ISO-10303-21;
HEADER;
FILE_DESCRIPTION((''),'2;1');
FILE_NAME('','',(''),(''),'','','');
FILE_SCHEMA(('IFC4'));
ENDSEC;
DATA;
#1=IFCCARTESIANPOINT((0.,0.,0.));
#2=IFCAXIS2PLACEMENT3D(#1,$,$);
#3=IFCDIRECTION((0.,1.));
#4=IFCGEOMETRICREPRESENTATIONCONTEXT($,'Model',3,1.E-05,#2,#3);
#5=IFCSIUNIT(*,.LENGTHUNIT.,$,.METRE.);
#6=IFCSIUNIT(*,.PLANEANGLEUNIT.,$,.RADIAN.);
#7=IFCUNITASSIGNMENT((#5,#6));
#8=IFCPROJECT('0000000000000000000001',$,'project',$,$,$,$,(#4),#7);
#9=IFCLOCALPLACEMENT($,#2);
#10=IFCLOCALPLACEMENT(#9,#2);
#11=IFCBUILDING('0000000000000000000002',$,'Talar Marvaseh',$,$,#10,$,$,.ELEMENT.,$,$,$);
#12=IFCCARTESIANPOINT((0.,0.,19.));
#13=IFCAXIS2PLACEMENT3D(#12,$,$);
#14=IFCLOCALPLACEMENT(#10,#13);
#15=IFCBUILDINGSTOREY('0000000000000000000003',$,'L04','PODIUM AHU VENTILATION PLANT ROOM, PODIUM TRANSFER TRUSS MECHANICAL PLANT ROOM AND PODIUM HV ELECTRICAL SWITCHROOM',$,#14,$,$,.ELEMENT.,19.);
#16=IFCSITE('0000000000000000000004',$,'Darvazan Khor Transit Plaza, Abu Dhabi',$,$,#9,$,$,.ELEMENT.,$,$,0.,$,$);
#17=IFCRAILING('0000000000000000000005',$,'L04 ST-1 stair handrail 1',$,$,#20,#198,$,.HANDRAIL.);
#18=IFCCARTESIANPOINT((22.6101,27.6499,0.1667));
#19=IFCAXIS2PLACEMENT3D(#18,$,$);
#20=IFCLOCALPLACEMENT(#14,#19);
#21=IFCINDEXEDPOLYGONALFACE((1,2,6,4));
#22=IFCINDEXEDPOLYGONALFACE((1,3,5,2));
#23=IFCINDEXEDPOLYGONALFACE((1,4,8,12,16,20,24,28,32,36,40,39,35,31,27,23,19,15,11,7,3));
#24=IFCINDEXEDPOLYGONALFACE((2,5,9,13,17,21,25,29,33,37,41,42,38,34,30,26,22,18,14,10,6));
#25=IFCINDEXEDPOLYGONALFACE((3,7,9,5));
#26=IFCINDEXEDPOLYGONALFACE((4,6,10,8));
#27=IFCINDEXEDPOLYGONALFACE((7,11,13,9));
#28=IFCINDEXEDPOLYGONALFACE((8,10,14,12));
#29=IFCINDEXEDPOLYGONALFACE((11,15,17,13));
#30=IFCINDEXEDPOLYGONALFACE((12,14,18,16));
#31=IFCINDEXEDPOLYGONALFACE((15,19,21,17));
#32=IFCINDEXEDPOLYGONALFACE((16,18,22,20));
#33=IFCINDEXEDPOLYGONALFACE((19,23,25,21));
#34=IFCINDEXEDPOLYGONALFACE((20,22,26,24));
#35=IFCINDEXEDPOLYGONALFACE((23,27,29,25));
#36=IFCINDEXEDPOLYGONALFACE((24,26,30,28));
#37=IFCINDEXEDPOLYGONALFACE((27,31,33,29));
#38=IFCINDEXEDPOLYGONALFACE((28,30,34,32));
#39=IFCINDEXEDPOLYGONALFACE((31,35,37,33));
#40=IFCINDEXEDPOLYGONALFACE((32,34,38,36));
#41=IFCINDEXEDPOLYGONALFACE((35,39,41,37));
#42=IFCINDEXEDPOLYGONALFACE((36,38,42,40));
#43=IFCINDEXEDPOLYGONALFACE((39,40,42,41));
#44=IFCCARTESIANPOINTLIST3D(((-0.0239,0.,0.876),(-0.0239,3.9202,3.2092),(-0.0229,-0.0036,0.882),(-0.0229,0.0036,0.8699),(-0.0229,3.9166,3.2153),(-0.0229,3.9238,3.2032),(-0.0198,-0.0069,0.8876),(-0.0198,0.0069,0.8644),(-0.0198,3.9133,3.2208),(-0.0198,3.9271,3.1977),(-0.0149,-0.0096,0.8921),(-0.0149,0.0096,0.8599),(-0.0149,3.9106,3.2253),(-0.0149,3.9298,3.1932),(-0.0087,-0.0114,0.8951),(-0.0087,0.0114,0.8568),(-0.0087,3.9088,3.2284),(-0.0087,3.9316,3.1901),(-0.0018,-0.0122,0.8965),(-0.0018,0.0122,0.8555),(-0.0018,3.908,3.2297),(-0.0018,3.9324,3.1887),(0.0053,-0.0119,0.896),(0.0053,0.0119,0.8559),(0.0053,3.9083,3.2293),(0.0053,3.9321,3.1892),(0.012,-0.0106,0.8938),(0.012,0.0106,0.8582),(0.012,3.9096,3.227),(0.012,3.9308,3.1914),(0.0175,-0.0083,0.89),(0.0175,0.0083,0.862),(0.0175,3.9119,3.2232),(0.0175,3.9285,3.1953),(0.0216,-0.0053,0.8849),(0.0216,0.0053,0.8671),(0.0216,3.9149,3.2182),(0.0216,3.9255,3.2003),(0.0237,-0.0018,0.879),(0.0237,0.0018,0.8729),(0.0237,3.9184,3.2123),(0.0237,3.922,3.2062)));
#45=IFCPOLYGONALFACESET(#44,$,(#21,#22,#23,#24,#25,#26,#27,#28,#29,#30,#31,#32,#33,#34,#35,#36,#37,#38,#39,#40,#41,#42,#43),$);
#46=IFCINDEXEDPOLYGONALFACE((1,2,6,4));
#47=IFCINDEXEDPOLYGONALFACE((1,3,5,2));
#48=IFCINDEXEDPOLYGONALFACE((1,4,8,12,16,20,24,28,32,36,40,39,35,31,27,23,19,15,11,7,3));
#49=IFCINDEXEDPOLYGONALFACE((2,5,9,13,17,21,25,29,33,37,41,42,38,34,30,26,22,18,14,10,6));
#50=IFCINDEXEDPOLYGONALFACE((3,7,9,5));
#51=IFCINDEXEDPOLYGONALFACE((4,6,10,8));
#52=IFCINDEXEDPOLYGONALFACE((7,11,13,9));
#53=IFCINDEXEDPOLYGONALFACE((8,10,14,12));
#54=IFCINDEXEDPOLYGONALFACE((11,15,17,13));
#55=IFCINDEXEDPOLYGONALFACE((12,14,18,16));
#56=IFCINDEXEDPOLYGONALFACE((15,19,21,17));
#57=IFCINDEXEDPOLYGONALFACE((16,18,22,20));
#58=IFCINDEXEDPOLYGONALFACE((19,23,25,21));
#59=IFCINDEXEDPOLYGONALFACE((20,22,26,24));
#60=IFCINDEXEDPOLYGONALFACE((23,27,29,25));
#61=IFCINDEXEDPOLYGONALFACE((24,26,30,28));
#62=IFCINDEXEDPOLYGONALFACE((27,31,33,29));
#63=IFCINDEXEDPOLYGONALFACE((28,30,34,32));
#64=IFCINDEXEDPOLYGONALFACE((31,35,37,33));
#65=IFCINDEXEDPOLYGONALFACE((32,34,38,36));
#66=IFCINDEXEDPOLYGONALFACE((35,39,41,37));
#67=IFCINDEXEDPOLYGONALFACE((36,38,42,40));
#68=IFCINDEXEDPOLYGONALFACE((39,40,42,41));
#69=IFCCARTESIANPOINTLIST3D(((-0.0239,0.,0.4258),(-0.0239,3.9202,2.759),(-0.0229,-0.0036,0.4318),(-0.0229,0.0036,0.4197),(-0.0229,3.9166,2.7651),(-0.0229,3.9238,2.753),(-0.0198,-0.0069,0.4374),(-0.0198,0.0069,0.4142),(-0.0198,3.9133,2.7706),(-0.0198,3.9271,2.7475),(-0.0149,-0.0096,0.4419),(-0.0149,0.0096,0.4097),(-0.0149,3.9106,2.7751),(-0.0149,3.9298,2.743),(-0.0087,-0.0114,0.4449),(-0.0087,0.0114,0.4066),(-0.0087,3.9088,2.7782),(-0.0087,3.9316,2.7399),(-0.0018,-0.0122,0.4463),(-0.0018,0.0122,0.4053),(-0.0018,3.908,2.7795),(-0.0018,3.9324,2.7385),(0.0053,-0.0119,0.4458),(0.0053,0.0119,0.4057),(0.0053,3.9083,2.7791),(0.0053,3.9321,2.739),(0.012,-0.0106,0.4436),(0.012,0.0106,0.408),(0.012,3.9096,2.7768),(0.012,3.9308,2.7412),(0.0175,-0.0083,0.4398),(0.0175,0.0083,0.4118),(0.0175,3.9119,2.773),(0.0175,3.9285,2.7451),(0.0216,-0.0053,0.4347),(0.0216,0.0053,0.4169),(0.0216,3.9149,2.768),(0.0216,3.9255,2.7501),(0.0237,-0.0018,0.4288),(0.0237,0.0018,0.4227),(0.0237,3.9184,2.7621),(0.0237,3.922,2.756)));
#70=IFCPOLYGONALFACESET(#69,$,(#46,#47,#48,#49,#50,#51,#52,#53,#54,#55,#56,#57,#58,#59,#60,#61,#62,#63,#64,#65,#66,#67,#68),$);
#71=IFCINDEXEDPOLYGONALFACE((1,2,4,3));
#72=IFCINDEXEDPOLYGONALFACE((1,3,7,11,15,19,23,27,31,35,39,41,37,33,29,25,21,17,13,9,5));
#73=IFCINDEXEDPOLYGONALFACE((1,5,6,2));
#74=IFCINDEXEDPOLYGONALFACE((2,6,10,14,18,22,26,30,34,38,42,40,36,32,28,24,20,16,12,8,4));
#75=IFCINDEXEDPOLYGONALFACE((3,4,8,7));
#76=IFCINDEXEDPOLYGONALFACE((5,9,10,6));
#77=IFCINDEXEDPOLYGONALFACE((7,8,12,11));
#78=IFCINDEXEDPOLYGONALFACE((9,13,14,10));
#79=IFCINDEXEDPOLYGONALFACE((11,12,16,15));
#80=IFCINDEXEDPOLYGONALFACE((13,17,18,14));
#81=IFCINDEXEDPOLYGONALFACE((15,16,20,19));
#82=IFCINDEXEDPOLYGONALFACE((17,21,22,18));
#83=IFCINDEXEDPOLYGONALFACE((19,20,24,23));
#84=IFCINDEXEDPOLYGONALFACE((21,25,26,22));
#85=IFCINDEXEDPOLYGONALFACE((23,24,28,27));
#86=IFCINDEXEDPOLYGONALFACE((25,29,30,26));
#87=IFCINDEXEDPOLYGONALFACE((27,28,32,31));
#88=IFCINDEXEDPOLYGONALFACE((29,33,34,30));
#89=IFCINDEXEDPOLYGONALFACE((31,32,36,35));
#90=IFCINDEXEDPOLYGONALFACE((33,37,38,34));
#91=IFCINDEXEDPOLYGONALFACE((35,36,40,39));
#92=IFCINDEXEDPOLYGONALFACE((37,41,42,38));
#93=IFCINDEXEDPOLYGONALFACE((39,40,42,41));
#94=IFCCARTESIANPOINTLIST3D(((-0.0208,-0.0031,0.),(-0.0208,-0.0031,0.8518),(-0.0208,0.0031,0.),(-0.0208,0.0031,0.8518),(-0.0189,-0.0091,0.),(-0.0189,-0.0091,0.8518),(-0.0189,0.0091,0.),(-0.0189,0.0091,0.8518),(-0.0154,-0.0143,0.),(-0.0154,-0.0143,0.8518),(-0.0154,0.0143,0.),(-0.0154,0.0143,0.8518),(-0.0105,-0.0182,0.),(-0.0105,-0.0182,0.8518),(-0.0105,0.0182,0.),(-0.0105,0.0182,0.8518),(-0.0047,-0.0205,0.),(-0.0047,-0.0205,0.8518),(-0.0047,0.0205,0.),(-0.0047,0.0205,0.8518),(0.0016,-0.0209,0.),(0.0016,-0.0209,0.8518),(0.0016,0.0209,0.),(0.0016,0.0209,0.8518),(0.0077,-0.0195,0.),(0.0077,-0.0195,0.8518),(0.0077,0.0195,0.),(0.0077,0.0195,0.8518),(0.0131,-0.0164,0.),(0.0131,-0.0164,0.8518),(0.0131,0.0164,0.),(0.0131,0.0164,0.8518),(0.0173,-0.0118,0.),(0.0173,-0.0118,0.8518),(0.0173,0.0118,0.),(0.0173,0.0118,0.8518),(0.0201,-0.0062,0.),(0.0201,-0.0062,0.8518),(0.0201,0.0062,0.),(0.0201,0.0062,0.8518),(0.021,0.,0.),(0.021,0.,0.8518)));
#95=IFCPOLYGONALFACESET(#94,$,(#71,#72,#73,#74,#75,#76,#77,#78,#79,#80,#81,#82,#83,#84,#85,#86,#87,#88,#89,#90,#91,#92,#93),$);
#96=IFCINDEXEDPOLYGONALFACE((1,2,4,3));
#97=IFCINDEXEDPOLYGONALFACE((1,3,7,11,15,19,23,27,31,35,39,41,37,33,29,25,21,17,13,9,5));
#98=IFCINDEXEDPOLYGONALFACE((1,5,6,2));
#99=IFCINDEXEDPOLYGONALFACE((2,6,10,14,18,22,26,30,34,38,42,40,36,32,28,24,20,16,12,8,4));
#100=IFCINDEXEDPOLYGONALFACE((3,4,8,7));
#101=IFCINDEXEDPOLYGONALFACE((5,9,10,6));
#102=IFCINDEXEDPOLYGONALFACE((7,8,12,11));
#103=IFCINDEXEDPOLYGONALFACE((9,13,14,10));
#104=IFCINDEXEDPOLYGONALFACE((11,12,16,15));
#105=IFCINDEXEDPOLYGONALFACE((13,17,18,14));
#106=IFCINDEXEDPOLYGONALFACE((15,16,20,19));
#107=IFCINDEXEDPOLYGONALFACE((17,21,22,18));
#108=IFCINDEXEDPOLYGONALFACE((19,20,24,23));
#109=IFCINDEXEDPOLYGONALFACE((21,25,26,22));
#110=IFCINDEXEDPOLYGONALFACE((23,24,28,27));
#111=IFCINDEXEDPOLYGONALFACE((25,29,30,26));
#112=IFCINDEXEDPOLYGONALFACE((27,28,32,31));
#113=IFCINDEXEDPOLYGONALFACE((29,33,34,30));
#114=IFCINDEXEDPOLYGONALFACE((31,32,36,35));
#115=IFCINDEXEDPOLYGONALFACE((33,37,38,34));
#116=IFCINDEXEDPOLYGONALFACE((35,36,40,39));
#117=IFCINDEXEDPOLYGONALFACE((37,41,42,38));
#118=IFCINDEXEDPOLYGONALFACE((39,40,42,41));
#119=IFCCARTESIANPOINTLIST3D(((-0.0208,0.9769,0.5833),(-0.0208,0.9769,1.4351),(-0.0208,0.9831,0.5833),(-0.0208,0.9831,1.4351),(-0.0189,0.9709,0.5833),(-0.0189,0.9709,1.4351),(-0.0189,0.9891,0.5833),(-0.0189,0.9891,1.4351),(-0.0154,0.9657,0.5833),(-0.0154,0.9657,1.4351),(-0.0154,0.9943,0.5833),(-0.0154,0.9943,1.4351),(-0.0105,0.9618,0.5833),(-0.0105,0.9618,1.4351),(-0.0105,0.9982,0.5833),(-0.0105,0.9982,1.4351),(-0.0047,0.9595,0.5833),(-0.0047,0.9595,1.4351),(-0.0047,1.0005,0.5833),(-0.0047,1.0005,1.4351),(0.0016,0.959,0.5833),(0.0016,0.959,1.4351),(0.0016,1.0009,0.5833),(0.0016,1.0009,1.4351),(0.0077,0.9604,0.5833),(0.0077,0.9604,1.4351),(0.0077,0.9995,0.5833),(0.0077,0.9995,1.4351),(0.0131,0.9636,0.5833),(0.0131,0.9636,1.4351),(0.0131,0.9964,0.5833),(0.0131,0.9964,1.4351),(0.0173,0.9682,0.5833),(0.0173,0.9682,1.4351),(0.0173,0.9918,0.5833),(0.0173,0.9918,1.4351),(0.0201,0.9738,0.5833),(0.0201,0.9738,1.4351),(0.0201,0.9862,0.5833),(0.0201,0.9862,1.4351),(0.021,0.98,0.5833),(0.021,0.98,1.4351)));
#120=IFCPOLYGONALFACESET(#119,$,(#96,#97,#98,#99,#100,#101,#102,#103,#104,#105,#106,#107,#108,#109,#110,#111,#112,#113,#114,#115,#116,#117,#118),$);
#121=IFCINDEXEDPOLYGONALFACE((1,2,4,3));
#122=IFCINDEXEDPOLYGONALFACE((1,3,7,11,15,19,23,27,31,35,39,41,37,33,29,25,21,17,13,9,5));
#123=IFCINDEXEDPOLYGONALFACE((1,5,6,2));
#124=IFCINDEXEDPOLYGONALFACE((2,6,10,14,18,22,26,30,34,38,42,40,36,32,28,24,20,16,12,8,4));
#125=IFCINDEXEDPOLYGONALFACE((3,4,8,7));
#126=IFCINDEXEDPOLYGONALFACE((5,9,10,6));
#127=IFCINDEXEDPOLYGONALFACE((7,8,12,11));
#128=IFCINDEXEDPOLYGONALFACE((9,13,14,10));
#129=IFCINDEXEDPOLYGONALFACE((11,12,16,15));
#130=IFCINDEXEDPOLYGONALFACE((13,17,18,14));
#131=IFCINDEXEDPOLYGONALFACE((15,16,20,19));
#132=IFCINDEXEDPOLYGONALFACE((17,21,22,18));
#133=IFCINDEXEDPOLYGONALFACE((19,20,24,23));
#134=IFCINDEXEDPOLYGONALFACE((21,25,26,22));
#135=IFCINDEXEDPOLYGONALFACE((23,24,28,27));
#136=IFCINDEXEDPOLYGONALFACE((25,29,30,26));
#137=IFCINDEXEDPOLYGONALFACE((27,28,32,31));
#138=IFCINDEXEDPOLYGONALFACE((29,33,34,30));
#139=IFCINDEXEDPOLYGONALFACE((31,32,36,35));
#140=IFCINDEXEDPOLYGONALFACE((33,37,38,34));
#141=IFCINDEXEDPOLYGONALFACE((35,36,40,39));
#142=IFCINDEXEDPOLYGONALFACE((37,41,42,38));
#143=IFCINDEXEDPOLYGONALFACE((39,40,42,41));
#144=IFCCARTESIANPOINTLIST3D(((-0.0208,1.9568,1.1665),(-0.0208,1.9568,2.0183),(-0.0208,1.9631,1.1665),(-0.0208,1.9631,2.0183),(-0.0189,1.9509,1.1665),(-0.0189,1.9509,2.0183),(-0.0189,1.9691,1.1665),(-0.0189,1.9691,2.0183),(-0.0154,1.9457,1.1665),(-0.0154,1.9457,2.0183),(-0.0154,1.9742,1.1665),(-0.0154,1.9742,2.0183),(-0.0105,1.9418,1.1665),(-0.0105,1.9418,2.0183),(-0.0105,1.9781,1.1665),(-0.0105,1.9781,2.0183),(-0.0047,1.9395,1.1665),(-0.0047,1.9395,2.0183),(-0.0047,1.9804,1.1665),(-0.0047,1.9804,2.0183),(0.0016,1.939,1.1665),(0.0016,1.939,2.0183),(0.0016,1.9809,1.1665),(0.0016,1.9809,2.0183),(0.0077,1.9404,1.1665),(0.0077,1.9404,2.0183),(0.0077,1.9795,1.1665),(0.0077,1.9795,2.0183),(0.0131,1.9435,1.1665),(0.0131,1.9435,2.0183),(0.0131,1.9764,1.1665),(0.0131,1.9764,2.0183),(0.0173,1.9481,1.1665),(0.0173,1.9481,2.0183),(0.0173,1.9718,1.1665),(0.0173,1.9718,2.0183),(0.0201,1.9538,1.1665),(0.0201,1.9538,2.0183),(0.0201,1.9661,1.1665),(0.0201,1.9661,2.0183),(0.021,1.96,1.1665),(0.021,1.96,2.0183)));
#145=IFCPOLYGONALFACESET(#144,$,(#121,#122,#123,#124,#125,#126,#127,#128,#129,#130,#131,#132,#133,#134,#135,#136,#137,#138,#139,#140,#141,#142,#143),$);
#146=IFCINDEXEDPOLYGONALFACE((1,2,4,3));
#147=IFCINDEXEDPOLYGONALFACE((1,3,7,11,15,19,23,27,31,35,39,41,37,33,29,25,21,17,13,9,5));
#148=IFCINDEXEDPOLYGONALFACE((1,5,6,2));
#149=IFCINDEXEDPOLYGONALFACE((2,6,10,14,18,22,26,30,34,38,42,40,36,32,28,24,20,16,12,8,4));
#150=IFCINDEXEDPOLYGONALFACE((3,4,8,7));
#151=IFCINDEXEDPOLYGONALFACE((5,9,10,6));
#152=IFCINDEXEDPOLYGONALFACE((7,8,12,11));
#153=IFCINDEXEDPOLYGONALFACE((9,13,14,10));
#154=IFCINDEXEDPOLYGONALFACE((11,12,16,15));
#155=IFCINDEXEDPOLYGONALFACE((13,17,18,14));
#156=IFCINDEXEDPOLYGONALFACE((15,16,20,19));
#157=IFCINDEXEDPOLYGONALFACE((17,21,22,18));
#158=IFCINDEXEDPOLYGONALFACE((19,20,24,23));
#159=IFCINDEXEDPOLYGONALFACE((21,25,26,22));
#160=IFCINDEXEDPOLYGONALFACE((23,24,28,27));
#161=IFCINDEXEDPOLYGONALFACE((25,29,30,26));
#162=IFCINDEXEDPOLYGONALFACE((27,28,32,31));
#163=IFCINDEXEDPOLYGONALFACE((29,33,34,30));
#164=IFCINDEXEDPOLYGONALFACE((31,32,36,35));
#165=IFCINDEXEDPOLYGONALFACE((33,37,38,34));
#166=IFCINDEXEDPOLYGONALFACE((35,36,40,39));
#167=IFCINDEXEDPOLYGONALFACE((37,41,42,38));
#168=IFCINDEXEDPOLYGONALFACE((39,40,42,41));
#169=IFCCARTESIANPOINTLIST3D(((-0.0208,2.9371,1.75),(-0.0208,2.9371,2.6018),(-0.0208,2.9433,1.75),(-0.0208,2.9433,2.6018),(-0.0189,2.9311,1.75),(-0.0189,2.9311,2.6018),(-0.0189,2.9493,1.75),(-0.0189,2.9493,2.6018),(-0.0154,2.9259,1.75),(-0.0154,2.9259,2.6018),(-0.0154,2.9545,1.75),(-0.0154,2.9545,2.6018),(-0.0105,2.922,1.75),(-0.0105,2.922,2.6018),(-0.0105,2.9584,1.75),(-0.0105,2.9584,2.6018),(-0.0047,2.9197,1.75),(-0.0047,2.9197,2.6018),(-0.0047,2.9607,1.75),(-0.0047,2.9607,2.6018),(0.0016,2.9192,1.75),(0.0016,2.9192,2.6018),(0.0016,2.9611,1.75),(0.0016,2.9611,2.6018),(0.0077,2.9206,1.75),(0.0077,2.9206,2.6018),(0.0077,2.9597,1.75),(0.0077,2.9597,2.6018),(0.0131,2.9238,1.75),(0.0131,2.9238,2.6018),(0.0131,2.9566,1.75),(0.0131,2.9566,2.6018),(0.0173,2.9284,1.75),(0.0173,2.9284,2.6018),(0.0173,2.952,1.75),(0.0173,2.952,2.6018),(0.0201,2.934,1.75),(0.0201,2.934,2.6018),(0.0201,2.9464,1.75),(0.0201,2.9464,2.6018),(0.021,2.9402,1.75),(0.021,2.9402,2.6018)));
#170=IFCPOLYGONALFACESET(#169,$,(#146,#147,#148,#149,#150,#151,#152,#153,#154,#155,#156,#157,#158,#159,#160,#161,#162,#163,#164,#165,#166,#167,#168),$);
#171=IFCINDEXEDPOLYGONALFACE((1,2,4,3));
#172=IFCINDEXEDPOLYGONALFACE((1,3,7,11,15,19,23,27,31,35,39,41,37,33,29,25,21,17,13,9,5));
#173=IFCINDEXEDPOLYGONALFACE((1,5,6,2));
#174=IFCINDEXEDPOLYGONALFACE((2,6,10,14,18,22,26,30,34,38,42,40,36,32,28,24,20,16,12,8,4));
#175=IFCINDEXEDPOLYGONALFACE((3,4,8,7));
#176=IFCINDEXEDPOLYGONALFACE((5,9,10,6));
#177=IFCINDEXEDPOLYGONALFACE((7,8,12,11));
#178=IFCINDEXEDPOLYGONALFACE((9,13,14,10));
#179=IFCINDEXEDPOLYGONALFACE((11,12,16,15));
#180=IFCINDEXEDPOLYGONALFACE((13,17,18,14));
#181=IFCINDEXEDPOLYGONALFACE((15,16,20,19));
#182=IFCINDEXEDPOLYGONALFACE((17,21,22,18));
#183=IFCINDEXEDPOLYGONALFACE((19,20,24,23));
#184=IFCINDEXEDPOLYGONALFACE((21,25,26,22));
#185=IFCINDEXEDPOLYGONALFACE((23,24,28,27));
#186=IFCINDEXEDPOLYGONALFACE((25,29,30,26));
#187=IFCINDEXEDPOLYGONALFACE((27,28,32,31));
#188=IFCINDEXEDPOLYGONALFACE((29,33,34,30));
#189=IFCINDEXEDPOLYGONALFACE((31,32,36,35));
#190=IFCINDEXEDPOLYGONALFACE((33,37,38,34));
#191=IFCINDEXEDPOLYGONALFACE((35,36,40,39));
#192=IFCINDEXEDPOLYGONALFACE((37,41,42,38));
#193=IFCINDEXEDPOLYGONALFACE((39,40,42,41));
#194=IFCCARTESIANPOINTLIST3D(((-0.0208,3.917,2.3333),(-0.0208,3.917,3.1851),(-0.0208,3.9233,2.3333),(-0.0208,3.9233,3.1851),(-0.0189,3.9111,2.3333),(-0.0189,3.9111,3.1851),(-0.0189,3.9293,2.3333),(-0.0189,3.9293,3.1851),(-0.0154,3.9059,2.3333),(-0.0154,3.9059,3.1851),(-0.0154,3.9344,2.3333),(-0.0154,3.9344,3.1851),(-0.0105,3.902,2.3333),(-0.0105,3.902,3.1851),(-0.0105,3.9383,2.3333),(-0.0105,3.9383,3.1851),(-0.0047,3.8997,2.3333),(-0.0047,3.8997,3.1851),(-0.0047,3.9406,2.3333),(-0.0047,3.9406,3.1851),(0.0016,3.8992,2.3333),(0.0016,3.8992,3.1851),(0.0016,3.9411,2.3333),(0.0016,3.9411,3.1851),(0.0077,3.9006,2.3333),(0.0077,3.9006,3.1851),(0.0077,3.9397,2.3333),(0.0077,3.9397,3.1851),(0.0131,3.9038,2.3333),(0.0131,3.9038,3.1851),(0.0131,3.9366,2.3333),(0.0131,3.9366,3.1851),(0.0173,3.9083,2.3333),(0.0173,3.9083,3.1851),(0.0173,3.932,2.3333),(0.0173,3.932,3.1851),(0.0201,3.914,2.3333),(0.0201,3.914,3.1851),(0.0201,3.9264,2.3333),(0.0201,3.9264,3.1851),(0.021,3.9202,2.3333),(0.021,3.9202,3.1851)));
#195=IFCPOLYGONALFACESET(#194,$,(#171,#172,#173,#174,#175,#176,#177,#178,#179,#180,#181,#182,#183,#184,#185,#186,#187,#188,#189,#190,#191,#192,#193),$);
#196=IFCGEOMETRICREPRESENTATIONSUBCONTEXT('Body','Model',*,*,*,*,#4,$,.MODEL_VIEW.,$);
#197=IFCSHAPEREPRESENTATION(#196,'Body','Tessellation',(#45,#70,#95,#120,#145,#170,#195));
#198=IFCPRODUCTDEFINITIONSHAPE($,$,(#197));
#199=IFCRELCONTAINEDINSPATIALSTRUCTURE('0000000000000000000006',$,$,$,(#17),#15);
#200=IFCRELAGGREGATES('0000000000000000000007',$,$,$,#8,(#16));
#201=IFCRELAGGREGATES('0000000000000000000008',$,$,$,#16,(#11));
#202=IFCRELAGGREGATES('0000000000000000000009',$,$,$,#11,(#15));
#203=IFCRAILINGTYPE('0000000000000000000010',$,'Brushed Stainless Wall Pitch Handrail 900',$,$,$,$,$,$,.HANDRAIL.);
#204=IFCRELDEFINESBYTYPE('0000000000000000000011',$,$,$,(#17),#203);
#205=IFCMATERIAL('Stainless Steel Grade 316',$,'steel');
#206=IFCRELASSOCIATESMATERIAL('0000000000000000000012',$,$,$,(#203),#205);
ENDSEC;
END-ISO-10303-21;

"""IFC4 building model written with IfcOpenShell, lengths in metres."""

from ifc_helpers import new_model, si_unit, direction, frame, origin, origin_2d, place, context, subcontext, project, spatial, circle, extrude, material, type_object, element, save


model = new_model("IFC4")

# Units and contexts
model_context = context("Model", 3, precision=1e-05, world=origin(), true_north=direction((0.0, 1.0)))
body_context = subcontext(model_context, "Body", "Model", "MODEL_VIEW")
ifc_project = project(units=[si_unit("LENGTHUNIT", "METRE"), si_unit("PLANEANGLEUNIT", "RADIAN")], contexts=[model_context])

# Site, building, storey
site_placement = place(None, origin())
site = spatial("IfcSite", under=ifc_project, at=site_placement, Name="Darvazan Khor Transit Plaza, Abu Dhabi", CompositionType="ELEMENT", RefElevation=0.0)
building_placement = place(site_placement, origin())
building = spatial("IfcBuilding", under=site, at=building_placement, Name="Talar Marvaseh", CompositionType="ELEMENT")
storey_placement = place(building_placement, frame((0.0, 0.0, 19.0)))
storey = spatial("IfcBuildingStorey", under=building, at=storey_placement, Name="L04", Description="PODIUM AHU VENTILATION PLANT ROOM, PODIUM TRANSFER TRUSS MECHANICAL PLANT ROOM AND PODIUM HV ELECTRICAL SWITCHROOM", CompositionType="ELEMENT", Elevation=19.0)

# Shared definitions
ifc_material_1 = material(Name="Stainless Steel Grade 316", Category="steel")

# Railing
railing_type_1 = type_object("IfcRailingType", Name="Brushed Stainless Wall Pitch Handrail 900", PredefinedType="HANDRAIL", material=ifc_material_1)
railing_1_placement = place(storey_placement, frame((22.6101, 27.6499, 0.1667)))
element("IfcRailing", 1, at=railing_1_placement, inside=storey, type_object=railing_type_1, Name="L04 ST-1 stair handrail 1", PredefinedType="HANDRAIL", context=body_context, shape_type="SweptSolid", body=[
    extrude(circle(Radius=0.0239, at=origin_2d()), frame((0.0, 0.0, 0.876), z_axis=(0.0, 0.85931, 0.511455), x_axis=(-1.0, 0.0, 0.0)), (0.0, 0.0, 1.0), 4.562),
    extrude(circle(Radius=0.0239, at=origin_2d()), frame((0.0, 0.0, 0.4258), z_axis=(0.0, 0.85931, 0.511455), x_axis=(-1.0, 0.0, 0.0)), (0.0, 0.0, 1.0), 4.562),
    extrude(circle(Radius=0.021, at=origin_2d()), origin(), (0.0, 0.0, 1.0), 0.8518),
    extrude(circle(Radius=0.021, at=origin_2d()), frame((0.0, 0.98, 0.5833)), (0.0, 0.0, 1.0), 0.8518),
    extrude(circle(Radius=0.021, at=origin_2d()), frame((0.0, 1.96, 1.1665)), (0.0, 0.0, 1.0), 0.8518),
    extrude(circle(Radius=0.021, at=origin_2d()), frame((0.0, 2.9402, 1.75)), (0.0, 0.0, 1.0), 0.8518),
    extrude(circle(Radius=0.021, at=origin_2d()), frame((0.0, 3.9202, 2.3333)), (0.0, 0.0, 1.0), 0.8518),
])

save(model, "model.ifc")
